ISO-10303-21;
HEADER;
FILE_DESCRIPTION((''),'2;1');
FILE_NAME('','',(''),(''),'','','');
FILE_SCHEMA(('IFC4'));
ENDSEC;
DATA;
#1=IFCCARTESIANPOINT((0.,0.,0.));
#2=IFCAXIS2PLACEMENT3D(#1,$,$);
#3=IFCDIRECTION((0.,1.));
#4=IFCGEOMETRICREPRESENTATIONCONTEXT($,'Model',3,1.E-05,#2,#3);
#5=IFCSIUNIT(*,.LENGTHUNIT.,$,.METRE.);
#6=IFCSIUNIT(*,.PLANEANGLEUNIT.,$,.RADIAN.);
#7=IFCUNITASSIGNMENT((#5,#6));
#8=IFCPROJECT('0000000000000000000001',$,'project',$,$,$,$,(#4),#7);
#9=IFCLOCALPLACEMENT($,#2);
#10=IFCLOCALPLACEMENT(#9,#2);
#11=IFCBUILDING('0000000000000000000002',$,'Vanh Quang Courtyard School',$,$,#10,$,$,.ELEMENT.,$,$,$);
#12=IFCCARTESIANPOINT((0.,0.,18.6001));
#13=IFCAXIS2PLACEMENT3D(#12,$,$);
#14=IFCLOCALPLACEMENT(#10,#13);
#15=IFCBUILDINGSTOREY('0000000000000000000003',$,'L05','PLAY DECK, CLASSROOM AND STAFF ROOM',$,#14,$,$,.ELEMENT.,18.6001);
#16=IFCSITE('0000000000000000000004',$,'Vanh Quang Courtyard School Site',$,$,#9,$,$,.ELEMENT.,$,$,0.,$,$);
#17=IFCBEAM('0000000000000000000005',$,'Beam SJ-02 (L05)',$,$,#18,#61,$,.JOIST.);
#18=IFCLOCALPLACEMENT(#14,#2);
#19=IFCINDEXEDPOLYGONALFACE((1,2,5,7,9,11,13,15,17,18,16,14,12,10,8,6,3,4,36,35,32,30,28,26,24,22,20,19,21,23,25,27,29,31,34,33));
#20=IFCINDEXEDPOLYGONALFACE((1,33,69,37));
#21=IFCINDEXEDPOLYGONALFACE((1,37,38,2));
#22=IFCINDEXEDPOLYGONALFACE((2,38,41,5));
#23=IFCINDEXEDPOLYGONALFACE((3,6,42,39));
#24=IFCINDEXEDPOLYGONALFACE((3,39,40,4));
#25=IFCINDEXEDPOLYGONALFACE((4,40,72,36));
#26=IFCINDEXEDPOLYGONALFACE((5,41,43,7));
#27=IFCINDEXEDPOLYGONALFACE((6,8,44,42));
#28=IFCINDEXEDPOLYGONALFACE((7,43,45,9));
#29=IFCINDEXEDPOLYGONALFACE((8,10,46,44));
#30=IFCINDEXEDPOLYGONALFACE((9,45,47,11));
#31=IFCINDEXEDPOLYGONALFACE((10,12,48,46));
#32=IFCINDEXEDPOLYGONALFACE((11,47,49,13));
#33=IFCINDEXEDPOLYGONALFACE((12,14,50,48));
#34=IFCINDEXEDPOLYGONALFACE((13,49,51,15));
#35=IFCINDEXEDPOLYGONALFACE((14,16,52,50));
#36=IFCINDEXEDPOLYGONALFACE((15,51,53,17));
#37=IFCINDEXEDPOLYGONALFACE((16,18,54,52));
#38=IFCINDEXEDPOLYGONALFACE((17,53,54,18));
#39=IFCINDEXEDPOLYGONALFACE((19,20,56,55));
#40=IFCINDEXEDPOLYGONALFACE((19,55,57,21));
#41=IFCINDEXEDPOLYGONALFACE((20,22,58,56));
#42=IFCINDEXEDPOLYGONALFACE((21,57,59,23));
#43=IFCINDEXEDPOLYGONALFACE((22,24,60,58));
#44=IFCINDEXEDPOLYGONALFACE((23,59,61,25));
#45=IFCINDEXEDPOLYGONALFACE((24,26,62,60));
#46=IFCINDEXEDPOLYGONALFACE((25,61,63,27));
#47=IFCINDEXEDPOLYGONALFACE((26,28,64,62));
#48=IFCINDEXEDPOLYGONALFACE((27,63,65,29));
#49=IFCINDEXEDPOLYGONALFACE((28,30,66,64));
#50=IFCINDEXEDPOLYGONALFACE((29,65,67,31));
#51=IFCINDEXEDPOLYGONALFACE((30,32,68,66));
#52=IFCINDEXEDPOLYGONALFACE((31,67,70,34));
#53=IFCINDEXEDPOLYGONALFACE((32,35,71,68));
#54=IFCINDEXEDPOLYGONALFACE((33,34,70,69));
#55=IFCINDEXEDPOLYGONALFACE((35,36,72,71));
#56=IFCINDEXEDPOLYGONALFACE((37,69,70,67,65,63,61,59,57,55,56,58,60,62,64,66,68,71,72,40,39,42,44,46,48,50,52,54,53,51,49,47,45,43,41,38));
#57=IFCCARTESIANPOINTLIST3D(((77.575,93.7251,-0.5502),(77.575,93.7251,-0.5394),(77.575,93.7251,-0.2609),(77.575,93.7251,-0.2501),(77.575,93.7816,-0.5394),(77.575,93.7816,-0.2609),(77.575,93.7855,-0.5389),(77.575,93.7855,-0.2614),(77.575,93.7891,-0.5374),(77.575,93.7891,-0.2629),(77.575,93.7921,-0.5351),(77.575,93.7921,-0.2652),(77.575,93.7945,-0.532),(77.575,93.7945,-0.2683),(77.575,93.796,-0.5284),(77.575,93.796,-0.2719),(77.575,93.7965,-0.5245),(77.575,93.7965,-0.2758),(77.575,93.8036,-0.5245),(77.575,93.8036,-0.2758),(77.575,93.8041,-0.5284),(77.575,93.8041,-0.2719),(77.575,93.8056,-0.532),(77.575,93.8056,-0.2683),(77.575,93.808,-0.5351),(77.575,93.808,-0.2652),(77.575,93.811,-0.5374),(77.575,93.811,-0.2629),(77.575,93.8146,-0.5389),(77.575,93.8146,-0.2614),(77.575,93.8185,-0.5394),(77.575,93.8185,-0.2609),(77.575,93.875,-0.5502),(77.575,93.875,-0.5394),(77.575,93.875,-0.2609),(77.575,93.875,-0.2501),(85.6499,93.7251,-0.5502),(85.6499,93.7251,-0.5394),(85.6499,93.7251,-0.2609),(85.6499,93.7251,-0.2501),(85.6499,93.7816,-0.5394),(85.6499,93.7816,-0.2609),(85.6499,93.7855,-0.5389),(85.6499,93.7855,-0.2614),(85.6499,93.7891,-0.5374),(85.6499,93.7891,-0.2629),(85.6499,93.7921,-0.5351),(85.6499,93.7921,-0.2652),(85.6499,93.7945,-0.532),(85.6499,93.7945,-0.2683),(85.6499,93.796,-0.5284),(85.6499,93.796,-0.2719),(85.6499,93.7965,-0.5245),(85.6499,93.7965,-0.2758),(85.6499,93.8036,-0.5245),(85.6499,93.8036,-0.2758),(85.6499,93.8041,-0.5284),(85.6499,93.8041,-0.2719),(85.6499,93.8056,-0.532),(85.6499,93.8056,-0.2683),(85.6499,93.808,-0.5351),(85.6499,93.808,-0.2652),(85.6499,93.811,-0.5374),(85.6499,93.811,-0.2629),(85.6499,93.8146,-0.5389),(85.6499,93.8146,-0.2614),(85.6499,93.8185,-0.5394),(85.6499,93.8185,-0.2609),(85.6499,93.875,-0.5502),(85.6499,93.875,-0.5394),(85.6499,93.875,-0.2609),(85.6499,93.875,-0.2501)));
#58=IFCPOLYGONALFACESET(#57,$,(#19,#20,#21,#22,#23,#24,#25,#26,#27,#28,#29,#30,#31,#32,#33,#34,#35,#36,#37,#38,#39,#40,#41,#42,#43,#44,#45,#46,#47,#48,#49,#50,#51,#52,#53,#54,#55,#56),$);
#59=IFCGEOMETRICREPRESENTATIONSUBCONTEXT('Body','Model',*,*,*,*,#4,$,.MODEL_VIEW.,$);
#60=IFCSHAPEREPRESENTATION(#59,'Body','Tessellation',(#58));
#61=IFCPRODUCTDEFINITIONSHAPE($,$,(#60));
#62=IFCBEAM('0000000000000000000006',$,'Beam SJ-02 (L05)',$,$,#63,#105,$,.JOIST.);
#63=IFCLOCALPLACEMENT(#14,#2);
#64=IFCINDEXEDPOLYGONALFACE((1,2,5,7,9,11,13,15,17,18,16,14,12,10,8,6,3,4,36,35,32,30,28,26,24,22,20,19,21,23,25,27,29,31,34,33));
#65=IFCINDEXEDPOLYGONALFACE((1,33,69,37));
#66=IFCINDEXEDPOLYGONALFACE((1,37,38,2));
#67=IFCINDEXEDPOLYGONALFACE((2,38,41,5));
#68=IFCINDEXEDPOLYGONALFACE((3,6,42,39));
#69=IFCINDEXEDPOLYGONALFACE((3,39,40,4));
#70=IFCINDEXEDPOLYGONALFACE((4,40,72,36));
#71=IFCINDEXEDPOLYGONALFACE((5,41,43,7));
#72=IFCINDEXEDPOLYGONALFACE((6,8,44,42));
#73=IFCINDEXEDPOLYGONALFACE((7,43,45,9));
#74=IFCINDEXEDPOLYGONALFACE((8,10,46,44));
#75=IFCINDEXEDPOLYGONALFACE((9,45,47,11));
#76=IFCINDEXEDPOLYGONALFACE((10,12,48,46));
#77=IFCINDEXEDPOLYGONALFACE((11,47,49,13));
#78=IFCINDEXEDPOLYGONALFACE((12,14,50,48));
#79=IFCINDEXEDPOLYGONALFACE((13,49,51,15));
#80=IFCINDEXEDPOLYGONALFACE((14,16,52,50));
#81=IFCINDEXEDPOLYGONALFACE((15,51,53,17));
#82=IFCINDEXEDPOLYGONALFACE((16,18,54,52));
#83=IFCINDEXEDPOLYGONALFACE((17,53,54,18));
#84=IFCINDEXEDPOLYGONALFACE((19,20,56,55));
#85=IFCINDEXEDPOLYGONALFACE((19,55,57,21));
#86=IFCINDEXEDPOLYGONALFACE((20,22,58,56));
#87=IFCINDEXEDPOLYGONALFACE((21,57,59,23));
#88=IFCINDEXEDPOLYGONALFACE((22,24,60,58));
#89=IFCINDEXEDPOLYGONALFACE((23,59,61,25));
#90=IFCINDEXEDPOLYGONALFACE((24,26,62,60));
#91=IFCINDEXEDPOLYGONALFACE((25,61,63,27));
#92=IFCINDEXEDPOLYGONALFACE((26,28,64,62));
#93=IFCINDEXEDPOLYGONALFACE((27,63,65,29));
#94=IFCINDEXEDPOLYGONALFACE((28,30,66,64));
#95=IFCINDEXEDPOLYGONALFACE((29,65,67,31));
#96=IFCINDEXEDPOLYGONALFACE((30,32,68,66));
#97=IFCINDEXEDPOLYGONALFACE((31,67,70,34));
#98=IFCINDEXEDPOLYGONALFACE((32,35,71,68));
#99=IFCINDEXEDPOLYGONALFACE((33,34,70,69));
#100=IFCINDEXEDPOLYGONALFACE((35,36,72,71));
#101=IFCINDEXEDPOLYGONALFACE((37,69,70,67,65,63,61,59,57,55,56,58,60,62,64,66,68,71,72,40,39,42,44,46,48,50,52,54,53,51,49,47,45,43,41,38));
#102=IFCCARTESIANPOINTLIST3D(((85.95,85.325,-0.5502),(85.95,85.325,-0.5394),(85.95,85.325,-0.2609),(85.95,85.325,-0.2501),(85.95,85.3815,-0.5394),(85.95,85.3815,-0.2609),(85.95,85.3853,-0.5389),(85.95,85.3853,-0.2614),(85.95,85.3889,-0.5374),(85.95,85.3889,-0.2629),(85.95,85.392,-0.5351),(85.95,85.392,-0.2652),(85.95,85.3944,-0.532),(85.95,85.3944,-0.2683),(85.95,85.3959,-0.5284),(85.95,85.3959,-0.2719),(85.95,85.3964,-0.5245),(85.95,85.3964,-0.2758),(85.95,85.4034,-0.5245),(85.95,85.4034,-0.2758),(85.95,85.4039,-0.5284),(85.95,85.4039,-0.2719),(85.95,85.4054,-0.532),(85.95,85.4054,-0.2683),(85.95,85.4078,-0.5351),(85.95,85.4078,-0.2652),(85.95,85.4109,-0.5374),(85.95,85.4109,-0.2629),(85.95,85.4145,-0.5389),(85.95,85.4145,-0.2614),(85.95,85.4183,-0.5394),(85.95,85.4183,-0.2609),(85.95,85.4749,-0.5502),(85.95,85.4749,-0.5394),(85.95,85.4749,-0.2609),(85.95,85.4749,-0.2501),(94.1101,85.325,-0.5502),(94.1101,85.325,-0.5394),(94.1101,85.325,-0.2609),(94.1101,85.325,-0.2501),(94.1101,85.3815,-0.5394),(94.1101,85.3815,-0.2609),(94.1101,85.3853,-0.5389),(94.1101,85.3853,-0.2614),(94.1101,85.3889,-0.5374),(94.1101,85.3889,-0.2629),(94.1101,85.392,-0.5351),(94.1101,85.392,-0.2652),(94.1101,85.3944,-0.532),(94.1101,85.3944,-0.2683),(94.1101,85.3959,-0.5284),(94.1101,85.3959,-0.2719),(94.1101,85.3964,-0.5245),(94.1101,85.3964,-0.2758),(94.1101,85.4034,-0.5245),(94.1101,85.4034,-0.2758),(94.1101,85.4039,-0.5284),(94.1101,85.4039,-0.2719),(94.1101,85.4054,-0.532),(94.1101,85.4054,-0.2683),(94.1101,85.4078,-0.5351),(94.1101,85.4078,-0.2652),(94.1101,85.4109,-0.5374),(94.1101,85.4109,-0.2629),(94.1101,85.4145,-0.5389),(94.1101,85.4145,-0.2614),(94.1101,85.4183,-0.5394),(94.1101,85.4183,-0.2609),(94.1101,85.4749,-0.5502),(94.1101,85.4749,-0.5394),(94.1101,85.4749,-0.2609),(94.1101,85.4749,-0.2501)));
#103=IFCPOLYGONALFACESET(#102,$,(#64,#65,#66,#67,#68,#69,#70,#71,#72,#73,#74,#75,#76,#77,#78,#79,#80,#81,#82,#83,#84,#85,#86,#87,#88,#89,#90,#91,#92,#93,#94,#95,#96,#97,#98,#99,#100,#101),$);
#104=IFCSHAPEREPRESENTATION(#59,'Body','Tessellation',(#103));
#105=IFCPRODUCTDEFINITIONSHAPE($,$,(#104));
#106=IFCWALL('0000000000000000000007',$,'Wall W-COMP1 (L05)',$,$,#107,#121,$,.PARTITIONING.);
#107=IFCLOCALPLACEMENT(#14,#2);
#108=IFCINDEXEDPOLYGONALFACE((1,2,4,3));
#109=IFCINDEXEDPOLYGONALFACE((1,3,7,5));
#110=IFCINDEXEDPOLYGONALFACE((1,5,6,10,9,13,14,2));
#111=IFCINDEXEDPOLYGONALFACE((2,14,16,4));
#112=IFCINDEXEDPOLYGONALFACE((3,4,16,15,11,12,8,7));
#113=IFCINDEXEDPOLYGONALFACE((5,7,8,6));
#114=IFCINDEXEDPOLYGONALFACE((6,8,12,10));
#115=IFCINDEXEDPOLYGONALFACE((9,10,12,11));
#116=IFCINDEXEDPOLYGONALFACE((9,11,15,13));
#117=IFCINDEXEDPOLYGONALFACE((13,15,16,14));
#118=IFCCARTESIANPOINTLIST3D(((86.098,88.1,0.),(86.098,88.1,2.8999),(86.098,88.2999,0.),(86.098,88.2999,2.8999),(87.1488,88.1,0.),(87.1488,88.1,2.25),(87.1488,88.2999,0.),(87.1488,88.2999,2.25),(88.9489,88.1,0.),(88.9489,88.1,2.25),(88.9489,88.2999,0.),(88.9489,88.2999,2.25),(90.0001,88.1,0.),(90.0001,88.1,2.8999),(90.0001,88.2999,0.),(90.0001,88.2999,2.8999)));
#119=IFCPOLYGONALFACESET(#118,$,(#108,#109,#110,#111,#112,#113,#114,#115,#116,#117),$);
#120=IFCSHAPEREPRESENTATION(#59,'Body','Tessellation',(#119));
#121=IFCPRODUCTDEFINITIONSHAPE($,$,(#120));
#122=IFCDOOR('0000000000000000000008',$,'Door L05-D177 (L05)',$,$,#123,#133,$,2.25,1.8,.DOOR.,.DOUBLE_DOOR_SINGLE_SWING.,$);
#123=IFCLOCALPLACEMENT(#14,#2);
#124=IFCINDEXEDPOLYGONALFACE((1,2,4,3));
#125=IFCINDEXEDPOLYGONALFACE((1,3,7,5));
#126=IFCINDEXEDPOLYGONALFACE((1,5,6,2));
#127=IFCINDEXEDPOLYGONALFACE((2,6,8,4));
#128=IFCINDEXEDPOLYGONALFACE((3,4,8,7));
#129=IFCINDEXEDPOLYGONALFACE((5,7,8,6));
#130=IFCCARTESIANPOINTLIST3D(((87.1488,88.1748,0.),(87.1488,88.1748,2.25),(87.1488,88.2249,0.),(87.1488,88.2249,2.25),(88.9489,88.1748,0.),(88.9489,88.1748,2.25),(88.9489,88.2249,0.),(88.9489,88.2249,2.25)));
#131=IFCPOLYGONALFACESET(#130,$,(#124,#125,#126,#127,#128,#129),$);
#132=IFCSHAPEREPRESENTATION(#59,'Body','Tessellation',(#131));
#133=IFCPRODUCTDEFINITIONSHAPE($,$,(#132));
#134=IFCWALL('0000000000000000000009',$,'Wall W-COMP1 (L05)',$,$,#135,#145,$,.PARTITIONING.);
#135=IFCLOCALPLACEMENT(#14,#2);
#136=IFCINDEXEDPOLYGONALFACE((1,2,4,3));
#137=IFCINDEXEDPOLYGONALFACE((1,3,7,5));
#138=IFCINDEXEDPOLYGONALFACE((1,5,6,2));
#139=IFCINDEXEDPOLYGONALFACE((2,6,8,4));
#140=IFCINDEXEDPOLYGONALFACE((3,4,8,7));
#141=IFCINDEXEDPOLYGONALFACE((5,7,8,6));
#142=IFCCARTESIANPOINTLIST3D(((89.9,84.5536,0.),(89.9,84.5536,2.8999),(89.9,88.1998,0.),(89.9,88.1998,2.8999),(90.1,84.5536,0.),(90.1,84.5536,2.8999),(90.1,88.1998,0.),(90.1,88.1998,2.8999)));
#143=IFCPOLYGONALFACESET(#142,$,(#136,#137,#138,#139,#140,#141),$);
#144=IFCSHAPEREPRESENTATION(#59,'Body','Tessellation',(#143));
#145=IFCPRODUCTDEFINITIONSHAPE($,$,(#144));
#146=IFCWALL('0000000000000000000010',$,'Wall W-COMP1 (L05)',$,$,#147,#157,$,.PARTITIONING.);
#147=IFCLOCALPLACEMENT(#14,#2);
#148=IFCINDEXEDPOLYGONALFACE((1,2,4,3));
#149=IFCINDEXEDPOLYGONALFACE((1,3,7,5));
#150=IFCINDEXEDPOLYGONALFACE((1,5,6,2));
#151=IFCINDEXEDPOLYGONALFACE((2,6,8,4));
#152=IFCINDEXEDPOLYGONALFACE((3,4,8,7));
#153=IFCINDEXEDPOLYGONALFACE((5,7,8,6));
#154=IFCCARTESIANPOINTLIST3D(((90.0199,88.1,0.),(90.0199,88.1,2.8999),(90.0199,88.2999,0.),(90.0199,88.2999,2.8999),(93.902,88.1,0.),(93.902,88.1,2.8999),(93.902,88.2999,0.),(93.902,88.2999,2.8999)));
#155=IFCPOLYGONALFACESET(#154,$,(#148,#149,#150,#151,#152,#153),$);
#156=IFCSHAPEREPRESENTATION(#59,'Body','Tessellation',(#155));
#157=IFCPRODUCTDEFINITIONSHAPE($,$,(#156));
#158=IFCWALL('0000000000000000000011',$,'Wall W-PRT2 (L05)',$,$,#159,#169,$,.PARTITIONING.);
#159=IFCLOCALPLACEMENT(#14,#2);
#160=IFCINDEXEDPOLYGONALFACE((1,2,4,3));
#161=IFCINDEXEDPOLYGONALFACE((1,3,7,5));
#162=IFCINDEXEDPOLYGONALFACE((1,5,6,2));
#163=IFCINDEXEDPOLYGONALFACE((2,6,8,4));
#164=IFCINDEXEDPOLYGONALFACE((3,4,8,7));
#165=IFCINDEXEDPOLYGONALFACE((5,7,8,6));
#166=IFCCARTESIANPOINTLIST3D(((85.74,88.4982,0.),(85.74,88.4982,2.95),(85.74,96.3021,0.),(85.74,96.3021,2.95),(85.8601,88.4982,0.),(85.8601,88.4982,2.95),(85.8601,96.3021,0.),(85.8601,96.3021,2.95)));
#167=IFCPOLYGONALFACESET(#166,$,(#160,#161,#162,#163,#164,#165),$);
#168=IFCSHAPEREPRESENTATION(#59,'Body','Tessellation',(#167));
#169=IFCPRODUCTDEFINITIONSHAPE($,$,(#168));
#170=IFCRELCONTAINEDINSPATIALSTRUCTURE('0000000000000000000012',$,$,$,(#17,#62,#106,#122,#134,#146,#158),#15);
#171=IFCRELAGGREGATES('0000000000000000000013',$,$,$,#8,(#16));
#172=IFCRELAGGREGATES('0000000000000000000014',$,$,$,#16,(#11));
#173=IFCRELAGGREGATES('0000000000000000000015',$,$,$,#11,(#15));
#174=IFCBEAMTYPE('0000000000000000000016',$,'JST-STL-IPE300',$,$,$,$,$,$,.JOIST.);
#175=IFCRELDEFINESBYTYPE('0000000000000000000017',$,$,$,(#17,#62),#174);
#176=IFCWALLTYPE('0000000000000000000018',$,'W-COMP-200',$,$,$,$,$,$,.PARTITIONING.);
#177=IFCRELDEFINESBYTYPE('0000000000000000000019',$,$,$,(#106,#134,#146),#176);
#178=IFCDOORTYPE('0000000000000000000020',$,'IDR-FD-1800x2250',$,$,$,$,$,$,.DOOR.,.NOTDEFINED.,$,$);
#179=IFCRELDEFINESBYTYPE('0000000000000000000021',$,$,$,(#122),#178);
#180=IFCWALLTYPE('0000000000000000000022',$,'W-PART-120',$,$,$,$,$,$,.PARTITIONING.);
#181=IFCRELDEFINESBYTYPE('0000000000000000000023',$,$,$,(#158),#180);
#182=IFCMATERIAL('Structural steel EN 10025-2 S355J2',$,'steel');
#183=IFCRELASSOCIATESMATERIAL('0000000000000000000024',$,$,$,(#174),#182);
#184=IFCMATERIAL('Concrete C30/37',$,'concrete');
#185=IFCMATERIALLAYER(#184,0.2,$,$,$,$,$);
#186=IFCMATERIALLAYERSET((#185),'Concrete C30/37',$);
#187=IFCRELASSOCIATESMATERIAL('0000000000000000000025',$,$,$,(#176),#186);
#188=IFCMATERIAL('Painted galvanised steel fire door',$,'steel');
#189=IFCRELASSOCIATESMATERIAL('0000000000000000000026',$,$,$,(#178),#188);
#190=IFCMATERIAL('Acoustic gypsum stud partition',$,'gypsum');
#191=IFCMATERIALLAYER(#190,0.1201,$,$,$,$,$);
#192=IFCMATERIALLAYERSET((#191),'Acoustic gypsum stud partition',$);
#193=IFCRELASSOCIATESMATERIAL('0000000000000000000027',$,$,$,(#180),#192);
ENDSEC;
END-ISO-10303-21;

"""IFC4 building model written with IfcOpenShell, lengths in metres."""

from ifc_helpers import new_model, si_unit, direction, frame, frame_2d, origin, origin_2d, place, context, subcontext, project, spatial, rectangle, i_section, extrude, material, layer, layer_set, material_profile, profile_set, type_object, element, fill, save


model = new_model("IFC4")

# Units and contexts
model_context = context("Model", 3, precision=1e-05, world=origin(), true_north=direction((0.0, 1.0)))
body_context = subcontext(model_context, "Body", "Model", "MODEL_VIEW")
ifc_project = project(units=[si_unit("LENGTHUNIT", "METRE"), si_unit("PLANEANGLEUNIT", "RADIAN")], contexts=[model_context])

# Site, building, storey
site_placement = place(None, origin())
site = spatial("IfcSite", under=ifc_project, at=site_placement, Name="Vanh Quang Courtyard School Site", CompositionType="ELEMENT", RefElevation=0.0)
building_placement = place(site_placement, origin())
building = spatial("IfcBuilding", under=site, at=building_placement, Name="Vanh Quang Courtyard School", CompositionType="ELEMENT")
storey_placement = place(building_placement, frame((0.0, 0.0, 18.6001)))
storey = spatial("IfcBuildingStorey", under=building, at=storey_placement, Name="L05", Description="PLAY DECK, CLASSROOM AND STAFF ROOM", CompositionType="ELEMENT", Elevation=18.6001)

# Beams
ifc_material_1 = material(Name="Structural steel EN 10025-2 S355J2", Category="steel")
ifc_material_profile_1 = material_profile(ifc_material_1, i_section(OverallWidth=0.1499, OverallDepth=0.3, WebThickness=0.0071, FlangeThickness=0.0107, FilletRadius=0.0149, at=origin_2d()), Name="IPE 300")
ifc_profile_set_1 = profile_set([ifc_material_profile_1], Name="Structural steel EN 10025-2 S355J2")
beam_type_1 = type_object("IfcBeamType", Name="JST-STL-IPE300", PredefinedType="JOIST", material=ifc_profile_set_1)
for number, where, z_axis, x_axis, name in (
    (1, (77.575, 93.8, -0.4001), (1.0, 0.0, 0.0), (0.0, 1.0, 0.0), "Beam SJ-02 (L05)"),
):
    element("IfcBeam", number, at=place(storey_placement, frame(where, z_axis=z_axis, x_axis=x_axis)), inside=storey, type_object=beam_type_1, Name=name, PredefinedType="JOIST", context=body_context, shape_type="SweptSolid", body=[
        extrude(i_section(OverallWidth=0.1499, OverallDepth=0.3, WebThickness=0.0071, FlangeThickness=0.0107, FilletRadius=0.0149, at=origin_2d()), origin(), (0.0, 0.0, 1.0), 8.075),
    ])
beam_1_placement = place(storey_placement, frame((85.95, 85.3999, -0.4001), z_axis=(1.0, 0.0, 0.0), x_axis=(0.0, 1.0, 0.0)))
element("IfcBeam", 2, at=beam_1_placement, inside=storey, type_object=beam_type_1, Name="Beam SJ-02 (L05)", PredefinedType="JOIST", context=body_context, shape_type="SweptSolid", body=[
    extrude(i_section(OverallWidth=0.1499, OverallDepth=0.3, WebThickness=0.0071, FlangeThickness=0.0107, FilletRadius=0.0149, at=origin_2d()), origin(), (0.0, 0.0, 1.0), 8.1602),
])

# Wall, opening, door
ifc_material_2 = material(Name="Concrete C30/37", Category="concrete")
ifc_layer_1 = layer(ifc_material_2, 0.2)
ifc_layer_set_1 = layer_set([ifc_layer_1], Name="Concrete C30/37")
wall_type_1 = type_object("IfcWallType", Name="W-COMP-200", PredefinedType="PARTITIONING", material=ifc_layer_set_1)
wall_1_placement = place(storey_placement, frame((86.0979, 88.2, 0.0), z_axis=(0.0, 0.0, 1.0), x_axis=(1.0, 0.0, 0.0)))
wall_1 = element("IfcWall", 3, at=wall_1_placement, inside=storey, type_object=wall_type_1, Name="Wall W-COMP1 (L05)", PredefinedType="PARTITIONING", context=body_context, shape_type="SweptSolid", body=[
    extrude(rectangle(XDim=3.9021, YDim=0.2, at=frame_2d((1.9512, 0.0))), origin(), (0.0, 0.0, 1.0), 2.8999),
])
opening_1_placement = place(wall_1_placement, frame((1.051, 0.0, 0.0)))
opening_1 = element("IfcOpeningElement", 4, at=opening_1_placement, cuts=wall_1, PredefinedType="OPENING", context=body_context, shape_type="SweptSolid", body=[
    extrude(rectangle(XDim=1.8, YDim=2.25, at=frame_2d((0.8999, 1.125))), frame((0.0, 0.1099, 0.0), z_axis=(0.0, -1.0, 0.0), x_axis=(1.0, 0.0, 0.0)), (0.0, 0.0, 1.0), 0.22),
])
ifc_material_3 = material(Name="Painted galvanised steel fire door", Category="steel")
door_type_1 = type_object("IfcDoorType", Name="IDR-FD-1800x2250", OperationType="NOTDEFINED", PredefinedType="DOOR", material=ifc_material_3)
door_1_placement = place(opening_1_placement, origin())
door_1 = element("IfcDoor", 5, at=door_1_placement, inside=storey, type_object=door_type_1, Name="Door L05-D177 (L05)", OperationType="DOUBLE_DOOR_SINGLE_SWING", OverallHeight=2.25, OverallWidth=1.8, PredefinedType="DOOR", context=body_context, shape_type="SweptSolid", body=[
    extrude(rectangle(XDim=1.8, YDim=2.25, at=frame_2d((0.8999, 1.125))), frame((0.0, 0.0249, 0.0), z_axis=(0.0, -1.0, 0.0), x_axis=(1.0, 0.0, 0.0)), (0.0, 0.0, 1.0), 0.05),
])
fill(opening_1, door_1)

# Walls
wall_2_placement = place(storey_placement, frame((90.0, 88.2, 0.0), z_axis=(0.0, 0.0, 1.0), x_axis=(0.0, -1.0, 0.0)))
element("IfcWall", 6, at=wall_2_placement, inside=storey, type_object=wall_type_1, Name="Wall W-COMP1 (L05)", PredefinedType="PARTITIONING", context=body_context, shape_type="SweptSolid", body=[
    extrude(rectangle(XDim=3.6462, YDim=0.2, at=frame_2d((1.8232, 0.0))), origin(), (0.0, 0.0, 1.0), 2.8999),
])
wall_3_placement = place(storey_placement, frame((90.02, 88.2, 0.0), z_axis=(0.0, 0.0, 1.0), x_axis=(1.0, 0.0, 0.0)))
element("IfcWall", 7, at=wall_3_placement, inside=storey, type_object=wall_type_1, Name="Wall W-COMP1 (L05)", PredefinedType="PARTITIONING", context=body_context, shape_type="SweptSolid", body=[
    extrude(rectangle(XDim=3.8821, YDim=0.2, at=frame_2d((1.9409, 0.0))), origin(), (0.0, 0.0, 1.0), 2.8999),
])

# Wall
ifc_material_4 = material(Name="Acoustic gypsum stud partition", Category="gypsum")
ifc_layer_2 = layer(ifc_material_4, 0.1201)
ifc_layer_set_2 = layer_set([ifc_layer_2], Name="Acoustic gypsum stud partition")
wall_type_2 = type_object("IfcWallType", Name="W-PART-120", PredefinedType="PARTITIONING", material=ifc_layer_set_2)
wall_4_placement = place(storey_placement, frame((85.8, 96.302, 0.0), z_axis=(0.0, 0.0, 1.0), x_axis=(0.0, -1.0, 0.0)))
element("IfcWall", 8, at=wall_4_placement, inside=storey, type_object=wall_type_2, Name="Wall W-PRT2 (L05)", PredefinedType="PARTITIONING", context=body_context, shape_type="SweptSolid", body=[
    extrude(rectangle(XDim=7.804, YDim=0.1201, at=frame_2d((3.9019, 0.0))), origin(), (0.0, 0.0, 1.0), 2.95),
])

save(model, "model.ifc")
